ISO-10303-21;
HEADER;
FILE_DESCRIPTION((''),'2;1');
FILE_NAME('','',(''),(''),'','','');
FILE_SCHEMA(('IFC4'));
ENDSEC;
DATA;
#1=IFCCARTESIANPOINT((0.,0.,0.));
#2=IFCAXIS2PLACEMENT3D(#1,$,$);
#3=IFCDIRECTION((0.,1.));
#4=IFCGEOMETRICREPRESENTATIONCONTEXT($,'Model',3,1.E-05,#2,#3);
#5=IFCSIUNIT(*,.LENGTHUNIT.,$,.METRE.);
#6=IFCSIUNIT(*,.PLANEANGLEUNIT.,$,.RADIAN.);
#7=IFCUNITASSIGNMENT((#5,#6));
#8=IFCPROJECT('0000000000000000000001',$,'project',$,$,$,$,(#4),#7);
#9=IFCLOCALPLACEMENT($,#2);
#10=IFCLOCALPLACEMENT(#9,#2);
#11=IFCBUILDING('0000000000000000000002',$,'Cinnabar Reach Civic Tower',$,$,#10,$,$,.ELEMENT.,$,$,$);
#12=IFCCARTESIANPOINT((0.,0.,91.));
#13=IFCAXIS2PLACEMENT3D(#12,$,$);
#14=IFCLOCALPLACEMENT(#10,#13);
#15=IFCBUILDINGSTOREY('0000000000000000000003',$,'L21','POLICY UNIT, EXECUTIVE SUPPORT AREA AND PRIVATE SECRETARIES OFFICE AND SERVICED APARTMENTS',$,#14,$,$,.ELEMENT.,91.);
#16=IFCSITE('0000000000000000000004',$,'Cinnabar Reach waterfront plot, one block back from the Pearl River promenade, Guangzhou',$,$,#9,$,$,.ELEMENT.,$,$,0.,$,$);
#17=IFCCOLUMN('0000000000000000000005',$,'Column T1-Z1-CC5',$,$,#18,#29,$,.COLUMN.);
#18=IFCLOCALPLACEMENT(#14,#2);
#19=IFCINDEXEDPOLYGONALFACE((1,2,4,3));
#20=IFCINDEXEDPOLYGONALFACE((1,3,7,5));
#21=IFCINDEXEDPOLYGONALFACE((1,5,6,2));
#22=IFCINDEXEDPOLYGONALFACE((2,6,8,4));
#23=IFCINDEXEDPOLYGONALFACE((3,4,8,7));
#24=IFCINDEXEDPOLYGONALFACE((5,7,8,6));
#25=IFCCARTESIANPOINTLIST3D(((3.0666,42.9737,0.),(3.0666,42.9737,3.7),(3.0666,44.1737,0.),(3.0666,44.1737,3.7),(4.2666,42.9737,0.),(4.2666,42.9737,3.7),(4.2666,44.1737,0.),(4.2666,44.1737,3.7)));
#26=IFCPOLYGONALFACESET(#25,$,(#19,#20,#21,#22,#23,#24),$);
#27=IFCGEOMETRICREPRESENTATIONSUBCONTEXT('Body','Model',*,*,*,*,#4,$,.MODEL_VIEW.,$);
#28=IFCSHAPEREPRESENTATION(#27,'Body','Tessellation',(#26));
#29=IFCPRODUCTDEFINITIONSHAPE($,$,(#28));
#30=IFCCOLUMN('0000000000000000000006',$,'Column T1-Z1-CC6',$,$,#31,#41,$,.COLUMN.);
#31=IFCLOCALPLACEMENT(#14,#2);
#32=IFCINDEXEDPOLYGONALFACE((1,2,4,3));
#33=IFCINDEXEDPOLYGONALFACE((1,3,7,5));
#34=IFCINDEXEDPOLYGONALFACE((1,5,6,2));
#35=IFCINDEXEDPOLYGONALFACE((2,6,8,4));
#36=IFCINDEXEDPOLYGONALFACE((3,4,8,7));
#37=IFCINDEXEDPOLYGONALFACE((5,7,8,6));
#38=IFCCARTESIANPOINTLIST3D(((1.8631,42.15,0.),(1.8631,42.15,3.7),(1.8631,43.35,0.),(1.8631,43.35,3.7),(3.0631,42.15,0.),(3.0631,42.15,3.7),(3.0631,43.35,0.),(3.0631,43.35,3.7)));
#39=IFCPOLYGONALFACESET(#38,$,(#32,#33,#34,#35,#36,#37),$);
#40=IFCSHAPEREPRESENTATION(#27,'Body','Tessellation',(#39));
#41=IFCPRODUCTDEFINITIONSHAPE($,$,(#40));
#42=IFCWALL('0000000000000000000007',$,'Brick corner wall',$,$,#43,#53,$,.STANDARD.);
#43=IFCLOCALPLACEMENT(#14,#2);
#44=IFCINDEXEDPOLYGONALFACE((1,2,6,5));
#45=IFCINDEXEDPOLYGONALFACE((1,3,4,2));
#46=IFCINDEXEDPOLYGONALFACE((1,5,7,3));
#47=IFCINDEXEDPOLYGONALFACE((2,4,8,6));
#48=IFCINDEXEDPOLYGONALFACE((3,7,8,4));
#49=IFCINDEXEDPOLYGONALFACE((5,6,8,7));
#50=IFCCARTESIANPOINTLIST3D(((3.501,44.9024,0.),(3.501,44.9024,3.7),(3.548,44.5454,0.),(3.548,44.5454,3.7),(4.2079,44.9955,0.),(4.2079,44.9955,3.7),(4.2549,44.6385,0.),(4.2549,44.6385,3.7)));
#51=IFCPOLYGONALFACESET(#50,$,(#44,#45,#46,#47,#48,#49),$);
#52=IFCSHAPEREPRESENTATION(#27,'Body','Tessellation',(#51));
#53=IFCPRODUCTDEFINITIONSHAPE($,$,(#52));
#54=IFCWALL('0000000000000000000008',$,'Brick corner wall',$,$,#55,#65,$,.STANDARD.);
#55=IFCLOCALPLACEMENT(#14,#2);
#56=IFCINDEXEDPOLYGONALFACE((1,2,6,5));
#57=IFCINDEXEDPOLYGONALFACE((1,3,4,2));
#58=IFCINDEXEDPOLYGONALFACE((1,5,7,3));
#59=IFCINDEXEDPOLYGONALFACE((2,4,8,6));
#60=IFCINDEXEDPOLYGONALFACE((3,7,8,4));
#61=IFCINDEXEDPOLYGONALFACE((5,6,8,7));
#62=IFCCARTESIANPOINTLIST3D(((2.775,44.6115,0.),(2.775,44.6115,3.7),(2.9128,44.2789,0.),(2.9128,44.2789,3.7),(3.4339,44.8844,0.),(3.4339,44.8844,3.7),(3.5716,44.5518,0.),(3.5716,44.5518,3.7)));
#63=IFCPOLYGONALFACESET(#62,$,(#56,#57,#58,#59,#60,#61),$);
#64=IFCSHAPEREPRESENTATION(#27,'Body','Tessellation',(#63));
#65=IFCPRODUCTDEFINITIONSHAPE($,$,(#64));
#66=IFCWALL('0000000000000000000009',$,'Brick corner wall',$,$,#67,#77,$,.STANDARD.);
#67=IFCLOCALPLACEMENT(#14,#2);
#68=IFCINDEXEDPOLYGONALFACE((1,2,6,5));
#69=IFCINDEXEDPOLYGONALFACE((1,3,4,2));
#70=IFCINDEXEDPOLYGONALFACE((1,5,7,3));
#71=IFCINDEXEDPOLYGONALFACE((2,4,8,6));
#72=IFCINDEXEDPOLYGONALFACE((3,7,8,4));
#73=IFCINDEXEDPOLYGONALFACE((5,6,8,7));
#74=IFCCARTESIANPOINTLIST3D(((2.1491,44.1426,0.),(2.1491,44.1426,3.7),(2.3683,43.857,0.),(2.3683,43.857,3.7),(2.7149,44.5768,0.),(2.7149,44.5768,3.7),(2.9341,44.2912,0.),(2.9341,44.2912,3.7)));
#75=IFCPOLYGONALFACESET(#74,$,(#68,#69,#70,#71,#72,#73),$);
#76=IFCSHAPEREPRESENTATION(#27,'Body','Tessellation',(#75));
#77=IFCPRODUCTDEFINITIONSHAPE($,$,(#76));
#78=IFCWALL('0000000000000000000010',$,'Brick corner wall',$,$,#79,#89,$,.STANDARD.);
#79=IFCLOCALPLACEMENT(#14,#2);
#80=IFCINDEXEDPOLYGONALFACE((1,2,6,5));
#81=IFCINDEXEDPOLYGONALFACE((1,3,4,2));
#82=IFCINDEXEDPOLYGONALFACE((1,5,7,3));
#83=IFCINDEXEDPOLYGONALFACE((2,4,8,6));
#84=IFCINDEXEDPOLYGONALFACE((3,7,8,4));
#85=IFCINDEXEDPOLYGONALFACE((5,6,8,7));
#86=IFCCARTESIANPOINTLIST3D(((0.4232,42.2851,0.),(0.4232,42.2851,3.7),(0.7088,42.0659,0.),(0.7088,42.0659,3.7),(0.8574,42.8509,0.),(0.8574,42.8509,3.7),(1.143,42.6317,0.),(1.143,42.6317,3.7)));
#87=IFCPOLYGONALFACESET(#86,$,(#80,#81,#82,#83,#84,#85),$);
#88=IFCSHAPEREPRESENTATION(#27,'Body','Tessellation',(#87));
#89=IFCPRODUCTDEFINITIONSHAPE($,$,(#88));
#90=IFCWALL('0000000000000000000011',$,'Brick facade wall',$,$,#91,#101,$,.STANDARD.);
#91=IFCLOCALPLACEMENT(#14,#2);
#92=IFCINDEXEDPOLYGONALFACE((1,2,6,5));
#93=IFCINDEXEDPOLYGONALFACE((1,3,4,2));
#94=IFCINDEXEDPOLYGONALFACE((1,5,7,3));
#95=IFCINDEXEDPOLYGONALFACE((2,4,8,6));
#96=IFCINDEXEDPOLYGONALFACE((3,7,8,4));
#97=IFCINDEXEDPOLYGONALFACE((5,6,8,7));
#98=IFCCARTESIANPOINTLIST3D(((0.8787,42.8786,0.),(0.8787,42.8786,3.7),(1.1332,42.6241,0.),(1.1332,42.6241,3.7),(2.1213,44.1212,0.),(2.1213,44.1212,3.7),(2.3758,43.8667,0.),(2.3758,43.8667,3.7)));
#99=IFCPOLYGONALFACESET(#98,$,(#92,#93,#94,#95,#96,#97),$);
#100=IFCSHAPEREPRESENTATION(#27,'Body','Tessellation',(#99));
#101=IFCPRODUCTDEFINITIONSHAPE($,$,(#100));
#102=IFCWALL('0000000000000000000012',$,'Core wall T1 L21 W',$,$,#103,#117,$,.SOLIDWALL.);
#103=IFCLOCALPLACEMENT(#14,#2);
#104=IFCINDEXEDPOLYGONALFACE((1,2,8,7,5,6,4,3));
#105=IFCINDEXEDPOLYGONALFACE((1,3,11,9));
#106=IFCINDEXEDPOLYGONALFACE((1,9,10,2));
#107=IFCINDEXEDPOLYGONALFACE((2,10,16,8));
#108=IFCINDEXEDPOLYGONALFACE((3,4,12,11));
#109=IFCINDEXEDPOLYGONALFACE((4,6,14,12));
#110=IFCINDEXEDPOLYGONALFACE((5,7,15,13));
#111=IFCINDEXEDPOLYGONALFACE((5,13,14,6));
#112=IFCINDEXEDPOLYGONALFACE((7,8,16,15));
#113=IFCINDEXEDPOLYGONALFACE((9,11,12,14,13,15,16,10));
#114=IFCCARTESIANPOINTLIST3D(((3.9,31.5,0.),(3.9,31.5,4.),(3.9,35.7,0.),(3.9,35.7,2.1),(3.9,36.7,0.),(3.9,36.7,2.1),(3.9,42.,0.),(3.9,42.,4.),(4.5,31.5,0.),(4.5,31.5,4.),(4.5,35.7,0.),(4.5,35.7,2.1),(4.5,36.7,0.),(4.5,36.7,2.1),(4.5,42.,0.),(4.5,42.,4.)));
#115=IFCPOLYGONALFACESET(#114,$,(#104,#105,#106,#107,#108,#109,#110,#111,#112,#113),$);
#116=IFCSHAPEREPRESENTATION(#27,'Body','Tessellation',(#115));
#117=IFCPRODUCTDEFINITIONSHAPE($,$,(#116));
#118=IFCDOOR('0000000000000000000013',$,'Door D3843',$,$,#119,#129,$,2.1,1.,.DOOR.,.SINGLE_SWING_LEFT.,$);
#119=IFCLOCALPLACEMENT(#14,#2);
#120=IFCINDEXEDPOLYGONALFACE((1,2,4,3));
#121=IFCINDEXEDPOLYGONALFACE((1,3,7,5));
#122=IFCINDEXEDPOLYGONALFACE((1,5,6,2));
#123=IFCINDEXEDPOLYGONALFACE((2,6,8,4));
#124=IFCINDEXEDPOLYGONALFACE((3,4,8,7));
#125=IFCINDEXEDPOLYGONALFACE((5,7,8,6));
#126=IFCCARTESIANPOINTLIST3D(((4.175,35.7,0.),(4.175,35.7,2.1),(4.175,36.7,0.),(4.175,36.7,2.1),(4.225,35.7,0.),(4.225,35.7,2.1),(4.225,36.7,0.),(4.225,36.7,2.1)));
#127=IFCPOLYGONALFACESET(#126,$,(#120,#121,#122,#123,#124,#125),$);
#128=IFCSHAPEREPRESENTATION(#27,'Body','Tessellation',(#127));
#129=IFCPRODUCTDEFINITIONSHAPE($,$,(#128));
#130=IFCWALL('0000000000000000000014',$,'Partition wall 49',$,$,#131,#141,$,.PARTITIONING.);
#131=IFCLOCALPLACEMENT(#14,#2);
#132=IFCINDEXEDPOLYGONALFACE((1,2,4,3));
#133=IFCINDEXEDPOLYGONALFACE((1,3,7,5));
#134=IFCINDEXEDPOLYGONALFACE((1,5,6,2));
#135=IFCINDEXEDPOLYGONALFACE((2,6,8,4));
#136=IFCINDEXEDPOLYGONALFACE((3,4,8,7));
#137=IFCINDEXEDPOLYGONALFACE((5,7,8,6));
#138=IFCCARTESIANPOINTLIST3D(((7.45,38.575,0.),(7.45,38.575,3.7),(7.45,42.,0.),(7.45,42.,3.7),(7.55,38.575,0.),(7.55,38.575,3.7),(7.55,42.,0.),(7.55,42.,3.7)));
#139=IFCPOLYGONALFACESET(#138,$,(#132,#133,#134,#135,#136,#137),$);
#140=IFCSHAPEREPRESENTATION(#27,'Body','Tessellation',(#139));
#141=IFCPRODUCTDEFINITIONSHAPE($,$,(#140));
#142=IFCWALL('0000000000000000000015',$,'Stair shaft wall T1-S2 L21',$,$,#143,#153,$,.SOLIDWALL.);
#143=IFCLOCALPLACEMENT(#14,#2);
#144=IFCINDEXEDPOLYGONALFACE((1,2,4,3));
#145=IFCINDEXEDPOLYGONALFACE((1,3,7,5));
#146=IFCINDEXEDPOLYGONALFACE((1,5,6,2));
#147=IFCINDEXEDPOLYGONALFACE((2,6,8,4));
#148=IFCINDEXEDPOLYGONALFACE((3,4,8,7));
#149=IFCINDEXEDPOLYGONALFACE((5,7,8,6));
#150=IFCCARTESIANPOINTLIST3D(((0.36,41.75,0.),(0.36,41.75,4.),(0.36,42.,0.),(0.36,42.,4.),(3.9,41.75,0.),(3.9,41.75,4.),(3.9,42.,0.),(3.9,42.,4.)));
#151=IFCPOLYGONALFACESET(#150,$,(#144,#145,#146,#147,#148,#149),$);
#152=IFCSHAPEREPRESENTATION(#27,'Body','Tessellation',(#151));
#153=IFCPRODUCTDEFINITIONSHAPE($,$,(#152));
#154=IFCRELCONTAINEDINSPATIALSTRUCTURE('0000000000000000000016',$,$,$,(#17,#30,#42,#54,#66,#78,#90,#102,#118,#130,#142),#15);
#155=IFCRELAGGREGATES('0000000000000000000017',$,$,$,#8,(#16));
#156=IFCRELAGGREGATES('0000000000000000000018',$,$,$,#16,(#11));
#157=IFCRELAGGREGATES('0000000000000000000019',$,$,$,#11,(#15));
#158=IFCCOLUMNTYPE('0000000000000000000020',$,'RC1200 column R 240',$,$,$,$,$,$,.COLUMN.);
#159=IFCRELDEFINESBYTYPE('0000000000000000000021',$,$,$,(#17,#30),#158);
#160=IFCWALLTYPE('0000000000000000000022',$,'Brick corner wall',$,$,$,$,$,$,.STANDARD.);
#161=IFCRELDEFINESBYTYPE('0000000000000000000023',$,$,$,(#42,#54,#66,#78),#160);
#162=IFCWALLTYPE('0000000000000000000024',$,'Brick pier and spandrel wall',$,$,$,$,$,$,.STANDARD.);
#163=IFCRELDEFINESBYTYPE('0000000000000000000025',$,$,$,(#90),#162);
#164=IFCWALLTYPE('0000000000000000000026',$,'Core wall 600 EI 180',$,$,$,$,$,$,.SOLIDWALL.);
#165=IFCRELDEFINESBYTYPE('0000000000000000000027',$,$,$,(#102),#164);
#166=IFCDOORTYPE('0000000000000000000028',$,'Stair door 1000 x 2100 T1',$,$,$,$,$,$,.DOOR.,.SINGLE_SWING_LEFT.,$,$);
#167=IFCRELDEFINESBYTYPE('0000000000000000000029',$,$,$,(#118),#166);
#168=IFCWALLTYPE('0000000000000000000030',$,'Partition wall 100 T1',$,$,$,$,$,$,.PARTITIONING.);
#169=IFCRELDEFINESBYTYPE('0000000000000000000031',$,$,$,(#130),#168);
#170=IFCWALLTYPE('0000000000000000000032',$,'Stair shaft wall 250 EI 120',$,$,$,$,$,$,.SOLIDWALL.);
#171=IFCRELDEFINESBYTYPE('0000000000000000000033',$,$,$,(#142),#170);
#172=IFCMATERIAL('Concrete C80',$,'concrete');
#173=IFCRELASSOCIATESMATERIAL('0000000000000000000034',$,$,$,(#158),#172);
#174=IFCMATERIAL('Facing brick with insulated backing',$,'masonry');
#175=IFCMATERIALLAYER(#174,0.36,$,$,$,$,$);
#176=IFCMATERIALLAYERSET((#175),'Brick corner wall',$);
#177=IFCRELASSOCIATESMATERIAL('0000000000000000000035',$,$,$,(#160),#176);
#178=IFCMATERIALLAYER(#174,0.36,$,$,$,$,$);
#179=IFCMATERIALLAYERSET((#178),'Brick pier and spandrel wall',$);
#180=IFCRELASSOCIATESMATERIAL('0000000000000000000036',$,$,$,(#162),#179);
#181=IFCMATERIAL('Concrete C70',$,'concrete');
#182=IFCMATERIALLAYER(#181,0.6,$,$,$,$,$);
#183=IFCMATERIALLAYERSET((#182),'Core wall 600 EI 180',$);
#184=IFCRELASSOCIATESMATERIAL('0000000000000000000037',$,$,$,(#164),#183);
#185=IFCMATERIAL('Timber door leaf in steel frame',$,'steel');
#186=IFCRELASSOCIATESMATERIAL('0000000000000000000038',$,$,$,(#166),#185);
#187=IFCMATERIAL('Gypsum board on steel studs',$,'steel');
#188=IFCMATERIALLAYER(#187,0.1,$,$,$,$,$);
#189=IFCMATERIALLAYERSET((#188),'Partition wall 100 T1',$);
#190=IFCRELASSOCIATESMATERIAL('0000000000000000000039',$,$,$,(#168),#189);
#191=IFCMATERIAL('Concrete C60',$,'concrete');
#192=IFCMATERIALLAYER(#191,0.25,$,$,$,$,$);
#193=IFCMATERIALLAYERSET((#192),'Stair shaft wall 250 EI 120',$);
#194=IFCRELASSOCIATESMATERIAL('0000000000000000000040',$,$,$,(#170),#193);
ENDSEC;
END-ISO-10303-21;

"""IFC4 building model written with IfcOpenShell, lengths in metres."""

from ifc_helpers import new_model, si_unit, direction, frame, frame_2d, origin, origin_2d, place, context, subcontext, project, spatial, rectangle, extrude, material, layer, layer_set, material_profile, profile_set, type_object, element, fill, save


model = new_model("IFC4")

# Units and contexts
model_context = context("Model", 3, precision=1e-05, world=origin(), true_north=direction((0.0, 1.0)))
body_context = subcontext(model_context, "Body", "Model", "MODEL_VIEW")
ifc_project = project(units=[si_unit("LENGTHUNIT", "METRE"), si_unit("PLANEANGLEUNIT", "RADIAN")], contexts=[model_context])

# Site, building, storey
site_placement = place(None, origin())
site = spatial("IfcSite", under=ifc_project, at=site_placement, Name="Cinnabar Reach waterfront plot, one block back from the Pearl River promenade, Guangzhou", CompositionType="ELEMENT", RefElevation=0.0)
building_placement = place(site_placement, origin())
building = spatial("IfcBuilding", under=site, at=building_placement, Name="Cinnabar Reach Civic Tower", CompositionType="ELEMENT")
storey_placement = place(building_placement, frame((0.0, 0.0, 91.0)))
storey = spatial("IfcBuildingStorey", under=building, at=storey_placement, Name="L21", Description="POLICY UNIT, EXECUTIVE SUPPORT AREA AND PRIVATE SECRETARIES OFFICE AND SERVICED APARTMENTS", CompositionType="ELEMENT", Elevation=91.0)

# Columns
ifc_material_1 = material(Name="Concrete C80", Category="concrete")
ifc_material_profile = material_profile(ifc_material_1, rectangle(XDim=1.2, YDim=1.2, at=origin_2d()), Name="RC1200")
ifc_profile_set = profile_set([ifc_material_profile], Name="Concrete C80")
column_type = type_object("IfcColumnType", Name="RC1200 column R 240", PredefinedType="COLUMN", material=ifc_profile_set)
for number, where, z_axis, x_axis, name in (
    (1, (3.6666, 43.5737, 0.0), (0.0, 0.0, 1.0), (1.0, 0.0, 0.0), "Column T1-Z1-CC5"),
    (2, (2.4631, 42.75, 0.0), (0.0, 0.0, 1.0), (1.0, 0.0, 0.0), "Column T1-Z1-CC6"),
):
    element("IfcColumn", number, at=place(storey_placement, frame(where, z_axis=z_axis, x_axis=x_axis)), inside=storey, type_object=column_type, Name=name, PredefinedType="COLUMN", context=body_context, shape_type="SweptSolid", body=[
        extrude(rectangle(XDim=1.2, YDim=1.2, at=origin_2d()), origin(), (0.0, 0.0, 1.0), 3.7),
    ])

# Walls
ifc_material_2 = material(Name="Facing brick with insulated backing", Category="masonry")
ifc_layer_1 = layer(ifc_material_2, 0.36)
ifc_layer_set_1 = layer_set([ifc_layer_1], Name="Brick corner wall")
wall_type_1 = type_object("IfcWallType", Name="Brick corner wall", PredefinedType="STANDARD", material=ifc_layer_set_1)
for number, where, z_axis, x_axis, name in (
    (3, (4.2314, 44.817, 0.0), (0.0, 0.0, 1.0), (-0.991441, -0.130556, 0.0), "Brick corner wall"),
    (4, (3.5027, 44.7181, 0.0), (0.0, 0.0, 1.0), (-0.923872, -0.382703, 0.0), "Brick corner wall"),
):
    element("IfcWall", number, at=place(storey_placement, frame(where, z_axis=z_axis, x_axis=x_axis)), inside=storey, type_object=wall_type_1, Name=name, PredefinedType="STANDARD", context=body_context, shape_type="SweptSolid", body=[
        extrude(rectangle(XDim=0.7131, YDim=0.36, at=frame_2d((0.3565, 0.0))), origin(), (0.0, 0.0, 1.0), 3.7),
    ])
for number, where, z_axis, x_axis, name in (
    (5, (2.8245, 44.434, 0.0), (0.0, 0.0, 1.0), (-0.793322, -0.608802, 0.0), "Brick corner wall"),
    (6, (1.0002, 42.7413, 0.0), (0.0, 0.0, 1.0), (-0.608802, -0.793322, 0.0), "Brick corner wall"),
):
    element("IfcWall", number, at=place(storey_placement, frame(where, z_axis=z_axis, x_axis=x_axis)), inside=storey, type_object=wall_type_1, Name=name, PredefinedType="STANDARD", context=body_context, shape_type="SweptSolid", body=[
        extrude(rectangle(XDim=0.7132, YDim=0.36, at=frame_2d((0.3566, 0.0))), origin(), (0.0, 0.0, 1.0), 3.7),
    ])
ifc_layer_2 = layer(ifc_material_2, 0.36)
ifc_layer_set_2 = layer_set([ifc_layer_2], Name="Brick pier and spandrel wall")
wall_type_2 = type_object("IfcWallType", Name="Brick pier and spandrel wall", PredefinedType="STANDARD", material=ifc_layer_set_2)
wall_1_placement = place(storey_placement, frame((2.2486, 43.994, 0.0), z_axis=(0.0, 0.0, 1.0), x_axis=(-0.707107, -0.707107, 0.0)))
element("IfcWall", 7, at=wall_1_placement, inside=storey, type_object=wall_type_2, Name="Brick facade wall", PredefinedType="STANDARD", context=body_context, shape_type="SweptSolid", body=[
    extrude(rectangle(XDim=1.7573, YDim=0.36, at=frame_2d((0.8787, 0.0))), origin(), (0.0, 0.0, 1.0), 3.7),
])

# Wall, opening, door
ifc_material_3 = material(Name="Concrete C70", Category="concrete")
ifc_layer_3 = layer(ifc_material_3, 0.6)
ifc_layer_set_3 = layer_set([ifc_layer_3], Name="Core wall 600 EI 180")
wall_type_3 = type_object("IfcWallType", Name="Core wall 600 EI 180", PredefinedType="SOLIDWALL", material=ifc_layer_set_3)
wall_2_placement = place(storey_placement, frame((4.2, 42.0, 0.0), z_axis=(0.0, 0.0, 1.0), x_axis=(0.0, -1.0, 0.0)))
wall_2 = element("IfcWall", 8, at=wall_2_placement, inside=storey, type_object=wall_type_3, Name="Core wall T1 L21 W", PredefinedType="SOLIDWALL", context=body_context, shape_type="SweptSolid", body=[
    extrude(rectangle(XDim=10.5, YDim=0.6, at=frame_2d((5.25, 0.0))), origin(), (0.0, 0.0, 1.0), 4.0),
])
opening_placement = place(wall_2_placement, frame((5.3, 0.0, 0.0)))
opening = element("IfcOpeningElement", 9, at=opening_placement, cuts=wall_2, PredefinedType="OPENING", context=body_context, shape_type="SweptSolid", body=[
    extrude(rectangle(XDim=1.0, YDim=2.1, at=frame_2d((0.5, 1.05))), frame((0.0, 0.31, 0.0), z_axis=(0.0, -1.0, 0.0), x_axis=(1.0, 0.0, 0.0)), (0.0, 0.0, 1.0), 0.62),
])
ifc_material_4 = material(Name="Timber door leaf in steel frame", Category="steel")
door_type = type_object("IfcDoorType", Name="Stair door 1000 x 2100 T1", OperationType="SINGLE_SWING_LEFT", PredefinedType="DOOR", material=ifc_material_4)
door_placement = place(opening_placement, frame((1.0, 0.0, 0.0), z_axis=(0.0, 0.0, 1.0), x_axis=(-1.0, 0.0, 0.0)))
door = element("IfcDoor", 10, at=door_placement, inside=storey, type_object=door_type, Name="Door D3843", OperationType="SINGLE_SWING_LEFT", OverallHeight=2.1, OverallWidth=1.0, PredefinedType="DOOR", context=body_context, shape_type="SweptSolid", body=[
    extrude(rectangle(XDim=1.0, YDim=2.1, at=frame_2d((0.5, 1.05))), frame((0.0, 0.025, 0.0), z_axis=(0.0, -1.0, 0.0), x_axis=(1.0, 0.0, 0.0)), (0.0, 0.0, 1.0), 0.05),
])
fill(opening, door)

# Walls
ifc_material_5 = material(Name="Gypsum board on steel studs", Category="steel")
ifc_layer_4 = layer(ifc_material_5, 0.1)
ifc_layer_set_4 = layer_set([ifc_layer_4], Name="Partition wall 100 T1")
wall_type_4 = type_object("IfcWallType", Name="Partition wall 100 T1", PredefinedType="PARTITIONING", material=ifc_layer_set_4)
wall_3_placement = place(storey_placement, frame((7.5, 38.575, 0.0), z_axis=(0.0, 0.0, 1.0), x_axis=(0.0, 1.0, 0.0)))
element("IfcWall", 11, at=wall_3_placement, inside=storey, type_object=wall_type_4, Name="Partition wall 49", PredefinedType="PARTITIONING", context=body_context, shape_type="SweptSolid", body=[
    extrude(rectangle(XDim=3.425, YDim=0.1, at=frame_2d((1.7125, 0.0))), origin(), (0.0, 0.0, 1.0), 3.7),
])
ifc_material_6 = material(Name="Concrete C60", Category="concrete")
ifc_layer_5 = layer(ifc_material_6, 0.25)
ifc_layer_set_5 = layer_set([ifc_layer_5], Name="Stair shaft wall 250 EI 120")
wall_type_5 = type_object("IfcWallType", Name="Stair shaft wall 250 EI 120", PredefinedType="SOLIDWALL", material=ifc_layer_set_5)
wall_4_placement = place(storey_placement, frame((3.9, 41.875, 0.0), z_axis=(0.0, 0.0, 1.0), x_axis=(-1.0, 0.0, 0.0)))
element("IfcWall", 12, at=wall_4_placement, inside=storey, type_object=wall_type_5, Name="Stair shaft wall T1-S2 L21", PredefinedType="SOLIDWALL", context=body_context, shape_type="SweptSolid", body=[
    extrude(rectangle(XDim=3.54, YDim=0.25, at=frame_2d((1.77, 0.0))), origin(), (0.0, 0.0, 1.0), 4.0),
])

save(model, "model.ifc")
